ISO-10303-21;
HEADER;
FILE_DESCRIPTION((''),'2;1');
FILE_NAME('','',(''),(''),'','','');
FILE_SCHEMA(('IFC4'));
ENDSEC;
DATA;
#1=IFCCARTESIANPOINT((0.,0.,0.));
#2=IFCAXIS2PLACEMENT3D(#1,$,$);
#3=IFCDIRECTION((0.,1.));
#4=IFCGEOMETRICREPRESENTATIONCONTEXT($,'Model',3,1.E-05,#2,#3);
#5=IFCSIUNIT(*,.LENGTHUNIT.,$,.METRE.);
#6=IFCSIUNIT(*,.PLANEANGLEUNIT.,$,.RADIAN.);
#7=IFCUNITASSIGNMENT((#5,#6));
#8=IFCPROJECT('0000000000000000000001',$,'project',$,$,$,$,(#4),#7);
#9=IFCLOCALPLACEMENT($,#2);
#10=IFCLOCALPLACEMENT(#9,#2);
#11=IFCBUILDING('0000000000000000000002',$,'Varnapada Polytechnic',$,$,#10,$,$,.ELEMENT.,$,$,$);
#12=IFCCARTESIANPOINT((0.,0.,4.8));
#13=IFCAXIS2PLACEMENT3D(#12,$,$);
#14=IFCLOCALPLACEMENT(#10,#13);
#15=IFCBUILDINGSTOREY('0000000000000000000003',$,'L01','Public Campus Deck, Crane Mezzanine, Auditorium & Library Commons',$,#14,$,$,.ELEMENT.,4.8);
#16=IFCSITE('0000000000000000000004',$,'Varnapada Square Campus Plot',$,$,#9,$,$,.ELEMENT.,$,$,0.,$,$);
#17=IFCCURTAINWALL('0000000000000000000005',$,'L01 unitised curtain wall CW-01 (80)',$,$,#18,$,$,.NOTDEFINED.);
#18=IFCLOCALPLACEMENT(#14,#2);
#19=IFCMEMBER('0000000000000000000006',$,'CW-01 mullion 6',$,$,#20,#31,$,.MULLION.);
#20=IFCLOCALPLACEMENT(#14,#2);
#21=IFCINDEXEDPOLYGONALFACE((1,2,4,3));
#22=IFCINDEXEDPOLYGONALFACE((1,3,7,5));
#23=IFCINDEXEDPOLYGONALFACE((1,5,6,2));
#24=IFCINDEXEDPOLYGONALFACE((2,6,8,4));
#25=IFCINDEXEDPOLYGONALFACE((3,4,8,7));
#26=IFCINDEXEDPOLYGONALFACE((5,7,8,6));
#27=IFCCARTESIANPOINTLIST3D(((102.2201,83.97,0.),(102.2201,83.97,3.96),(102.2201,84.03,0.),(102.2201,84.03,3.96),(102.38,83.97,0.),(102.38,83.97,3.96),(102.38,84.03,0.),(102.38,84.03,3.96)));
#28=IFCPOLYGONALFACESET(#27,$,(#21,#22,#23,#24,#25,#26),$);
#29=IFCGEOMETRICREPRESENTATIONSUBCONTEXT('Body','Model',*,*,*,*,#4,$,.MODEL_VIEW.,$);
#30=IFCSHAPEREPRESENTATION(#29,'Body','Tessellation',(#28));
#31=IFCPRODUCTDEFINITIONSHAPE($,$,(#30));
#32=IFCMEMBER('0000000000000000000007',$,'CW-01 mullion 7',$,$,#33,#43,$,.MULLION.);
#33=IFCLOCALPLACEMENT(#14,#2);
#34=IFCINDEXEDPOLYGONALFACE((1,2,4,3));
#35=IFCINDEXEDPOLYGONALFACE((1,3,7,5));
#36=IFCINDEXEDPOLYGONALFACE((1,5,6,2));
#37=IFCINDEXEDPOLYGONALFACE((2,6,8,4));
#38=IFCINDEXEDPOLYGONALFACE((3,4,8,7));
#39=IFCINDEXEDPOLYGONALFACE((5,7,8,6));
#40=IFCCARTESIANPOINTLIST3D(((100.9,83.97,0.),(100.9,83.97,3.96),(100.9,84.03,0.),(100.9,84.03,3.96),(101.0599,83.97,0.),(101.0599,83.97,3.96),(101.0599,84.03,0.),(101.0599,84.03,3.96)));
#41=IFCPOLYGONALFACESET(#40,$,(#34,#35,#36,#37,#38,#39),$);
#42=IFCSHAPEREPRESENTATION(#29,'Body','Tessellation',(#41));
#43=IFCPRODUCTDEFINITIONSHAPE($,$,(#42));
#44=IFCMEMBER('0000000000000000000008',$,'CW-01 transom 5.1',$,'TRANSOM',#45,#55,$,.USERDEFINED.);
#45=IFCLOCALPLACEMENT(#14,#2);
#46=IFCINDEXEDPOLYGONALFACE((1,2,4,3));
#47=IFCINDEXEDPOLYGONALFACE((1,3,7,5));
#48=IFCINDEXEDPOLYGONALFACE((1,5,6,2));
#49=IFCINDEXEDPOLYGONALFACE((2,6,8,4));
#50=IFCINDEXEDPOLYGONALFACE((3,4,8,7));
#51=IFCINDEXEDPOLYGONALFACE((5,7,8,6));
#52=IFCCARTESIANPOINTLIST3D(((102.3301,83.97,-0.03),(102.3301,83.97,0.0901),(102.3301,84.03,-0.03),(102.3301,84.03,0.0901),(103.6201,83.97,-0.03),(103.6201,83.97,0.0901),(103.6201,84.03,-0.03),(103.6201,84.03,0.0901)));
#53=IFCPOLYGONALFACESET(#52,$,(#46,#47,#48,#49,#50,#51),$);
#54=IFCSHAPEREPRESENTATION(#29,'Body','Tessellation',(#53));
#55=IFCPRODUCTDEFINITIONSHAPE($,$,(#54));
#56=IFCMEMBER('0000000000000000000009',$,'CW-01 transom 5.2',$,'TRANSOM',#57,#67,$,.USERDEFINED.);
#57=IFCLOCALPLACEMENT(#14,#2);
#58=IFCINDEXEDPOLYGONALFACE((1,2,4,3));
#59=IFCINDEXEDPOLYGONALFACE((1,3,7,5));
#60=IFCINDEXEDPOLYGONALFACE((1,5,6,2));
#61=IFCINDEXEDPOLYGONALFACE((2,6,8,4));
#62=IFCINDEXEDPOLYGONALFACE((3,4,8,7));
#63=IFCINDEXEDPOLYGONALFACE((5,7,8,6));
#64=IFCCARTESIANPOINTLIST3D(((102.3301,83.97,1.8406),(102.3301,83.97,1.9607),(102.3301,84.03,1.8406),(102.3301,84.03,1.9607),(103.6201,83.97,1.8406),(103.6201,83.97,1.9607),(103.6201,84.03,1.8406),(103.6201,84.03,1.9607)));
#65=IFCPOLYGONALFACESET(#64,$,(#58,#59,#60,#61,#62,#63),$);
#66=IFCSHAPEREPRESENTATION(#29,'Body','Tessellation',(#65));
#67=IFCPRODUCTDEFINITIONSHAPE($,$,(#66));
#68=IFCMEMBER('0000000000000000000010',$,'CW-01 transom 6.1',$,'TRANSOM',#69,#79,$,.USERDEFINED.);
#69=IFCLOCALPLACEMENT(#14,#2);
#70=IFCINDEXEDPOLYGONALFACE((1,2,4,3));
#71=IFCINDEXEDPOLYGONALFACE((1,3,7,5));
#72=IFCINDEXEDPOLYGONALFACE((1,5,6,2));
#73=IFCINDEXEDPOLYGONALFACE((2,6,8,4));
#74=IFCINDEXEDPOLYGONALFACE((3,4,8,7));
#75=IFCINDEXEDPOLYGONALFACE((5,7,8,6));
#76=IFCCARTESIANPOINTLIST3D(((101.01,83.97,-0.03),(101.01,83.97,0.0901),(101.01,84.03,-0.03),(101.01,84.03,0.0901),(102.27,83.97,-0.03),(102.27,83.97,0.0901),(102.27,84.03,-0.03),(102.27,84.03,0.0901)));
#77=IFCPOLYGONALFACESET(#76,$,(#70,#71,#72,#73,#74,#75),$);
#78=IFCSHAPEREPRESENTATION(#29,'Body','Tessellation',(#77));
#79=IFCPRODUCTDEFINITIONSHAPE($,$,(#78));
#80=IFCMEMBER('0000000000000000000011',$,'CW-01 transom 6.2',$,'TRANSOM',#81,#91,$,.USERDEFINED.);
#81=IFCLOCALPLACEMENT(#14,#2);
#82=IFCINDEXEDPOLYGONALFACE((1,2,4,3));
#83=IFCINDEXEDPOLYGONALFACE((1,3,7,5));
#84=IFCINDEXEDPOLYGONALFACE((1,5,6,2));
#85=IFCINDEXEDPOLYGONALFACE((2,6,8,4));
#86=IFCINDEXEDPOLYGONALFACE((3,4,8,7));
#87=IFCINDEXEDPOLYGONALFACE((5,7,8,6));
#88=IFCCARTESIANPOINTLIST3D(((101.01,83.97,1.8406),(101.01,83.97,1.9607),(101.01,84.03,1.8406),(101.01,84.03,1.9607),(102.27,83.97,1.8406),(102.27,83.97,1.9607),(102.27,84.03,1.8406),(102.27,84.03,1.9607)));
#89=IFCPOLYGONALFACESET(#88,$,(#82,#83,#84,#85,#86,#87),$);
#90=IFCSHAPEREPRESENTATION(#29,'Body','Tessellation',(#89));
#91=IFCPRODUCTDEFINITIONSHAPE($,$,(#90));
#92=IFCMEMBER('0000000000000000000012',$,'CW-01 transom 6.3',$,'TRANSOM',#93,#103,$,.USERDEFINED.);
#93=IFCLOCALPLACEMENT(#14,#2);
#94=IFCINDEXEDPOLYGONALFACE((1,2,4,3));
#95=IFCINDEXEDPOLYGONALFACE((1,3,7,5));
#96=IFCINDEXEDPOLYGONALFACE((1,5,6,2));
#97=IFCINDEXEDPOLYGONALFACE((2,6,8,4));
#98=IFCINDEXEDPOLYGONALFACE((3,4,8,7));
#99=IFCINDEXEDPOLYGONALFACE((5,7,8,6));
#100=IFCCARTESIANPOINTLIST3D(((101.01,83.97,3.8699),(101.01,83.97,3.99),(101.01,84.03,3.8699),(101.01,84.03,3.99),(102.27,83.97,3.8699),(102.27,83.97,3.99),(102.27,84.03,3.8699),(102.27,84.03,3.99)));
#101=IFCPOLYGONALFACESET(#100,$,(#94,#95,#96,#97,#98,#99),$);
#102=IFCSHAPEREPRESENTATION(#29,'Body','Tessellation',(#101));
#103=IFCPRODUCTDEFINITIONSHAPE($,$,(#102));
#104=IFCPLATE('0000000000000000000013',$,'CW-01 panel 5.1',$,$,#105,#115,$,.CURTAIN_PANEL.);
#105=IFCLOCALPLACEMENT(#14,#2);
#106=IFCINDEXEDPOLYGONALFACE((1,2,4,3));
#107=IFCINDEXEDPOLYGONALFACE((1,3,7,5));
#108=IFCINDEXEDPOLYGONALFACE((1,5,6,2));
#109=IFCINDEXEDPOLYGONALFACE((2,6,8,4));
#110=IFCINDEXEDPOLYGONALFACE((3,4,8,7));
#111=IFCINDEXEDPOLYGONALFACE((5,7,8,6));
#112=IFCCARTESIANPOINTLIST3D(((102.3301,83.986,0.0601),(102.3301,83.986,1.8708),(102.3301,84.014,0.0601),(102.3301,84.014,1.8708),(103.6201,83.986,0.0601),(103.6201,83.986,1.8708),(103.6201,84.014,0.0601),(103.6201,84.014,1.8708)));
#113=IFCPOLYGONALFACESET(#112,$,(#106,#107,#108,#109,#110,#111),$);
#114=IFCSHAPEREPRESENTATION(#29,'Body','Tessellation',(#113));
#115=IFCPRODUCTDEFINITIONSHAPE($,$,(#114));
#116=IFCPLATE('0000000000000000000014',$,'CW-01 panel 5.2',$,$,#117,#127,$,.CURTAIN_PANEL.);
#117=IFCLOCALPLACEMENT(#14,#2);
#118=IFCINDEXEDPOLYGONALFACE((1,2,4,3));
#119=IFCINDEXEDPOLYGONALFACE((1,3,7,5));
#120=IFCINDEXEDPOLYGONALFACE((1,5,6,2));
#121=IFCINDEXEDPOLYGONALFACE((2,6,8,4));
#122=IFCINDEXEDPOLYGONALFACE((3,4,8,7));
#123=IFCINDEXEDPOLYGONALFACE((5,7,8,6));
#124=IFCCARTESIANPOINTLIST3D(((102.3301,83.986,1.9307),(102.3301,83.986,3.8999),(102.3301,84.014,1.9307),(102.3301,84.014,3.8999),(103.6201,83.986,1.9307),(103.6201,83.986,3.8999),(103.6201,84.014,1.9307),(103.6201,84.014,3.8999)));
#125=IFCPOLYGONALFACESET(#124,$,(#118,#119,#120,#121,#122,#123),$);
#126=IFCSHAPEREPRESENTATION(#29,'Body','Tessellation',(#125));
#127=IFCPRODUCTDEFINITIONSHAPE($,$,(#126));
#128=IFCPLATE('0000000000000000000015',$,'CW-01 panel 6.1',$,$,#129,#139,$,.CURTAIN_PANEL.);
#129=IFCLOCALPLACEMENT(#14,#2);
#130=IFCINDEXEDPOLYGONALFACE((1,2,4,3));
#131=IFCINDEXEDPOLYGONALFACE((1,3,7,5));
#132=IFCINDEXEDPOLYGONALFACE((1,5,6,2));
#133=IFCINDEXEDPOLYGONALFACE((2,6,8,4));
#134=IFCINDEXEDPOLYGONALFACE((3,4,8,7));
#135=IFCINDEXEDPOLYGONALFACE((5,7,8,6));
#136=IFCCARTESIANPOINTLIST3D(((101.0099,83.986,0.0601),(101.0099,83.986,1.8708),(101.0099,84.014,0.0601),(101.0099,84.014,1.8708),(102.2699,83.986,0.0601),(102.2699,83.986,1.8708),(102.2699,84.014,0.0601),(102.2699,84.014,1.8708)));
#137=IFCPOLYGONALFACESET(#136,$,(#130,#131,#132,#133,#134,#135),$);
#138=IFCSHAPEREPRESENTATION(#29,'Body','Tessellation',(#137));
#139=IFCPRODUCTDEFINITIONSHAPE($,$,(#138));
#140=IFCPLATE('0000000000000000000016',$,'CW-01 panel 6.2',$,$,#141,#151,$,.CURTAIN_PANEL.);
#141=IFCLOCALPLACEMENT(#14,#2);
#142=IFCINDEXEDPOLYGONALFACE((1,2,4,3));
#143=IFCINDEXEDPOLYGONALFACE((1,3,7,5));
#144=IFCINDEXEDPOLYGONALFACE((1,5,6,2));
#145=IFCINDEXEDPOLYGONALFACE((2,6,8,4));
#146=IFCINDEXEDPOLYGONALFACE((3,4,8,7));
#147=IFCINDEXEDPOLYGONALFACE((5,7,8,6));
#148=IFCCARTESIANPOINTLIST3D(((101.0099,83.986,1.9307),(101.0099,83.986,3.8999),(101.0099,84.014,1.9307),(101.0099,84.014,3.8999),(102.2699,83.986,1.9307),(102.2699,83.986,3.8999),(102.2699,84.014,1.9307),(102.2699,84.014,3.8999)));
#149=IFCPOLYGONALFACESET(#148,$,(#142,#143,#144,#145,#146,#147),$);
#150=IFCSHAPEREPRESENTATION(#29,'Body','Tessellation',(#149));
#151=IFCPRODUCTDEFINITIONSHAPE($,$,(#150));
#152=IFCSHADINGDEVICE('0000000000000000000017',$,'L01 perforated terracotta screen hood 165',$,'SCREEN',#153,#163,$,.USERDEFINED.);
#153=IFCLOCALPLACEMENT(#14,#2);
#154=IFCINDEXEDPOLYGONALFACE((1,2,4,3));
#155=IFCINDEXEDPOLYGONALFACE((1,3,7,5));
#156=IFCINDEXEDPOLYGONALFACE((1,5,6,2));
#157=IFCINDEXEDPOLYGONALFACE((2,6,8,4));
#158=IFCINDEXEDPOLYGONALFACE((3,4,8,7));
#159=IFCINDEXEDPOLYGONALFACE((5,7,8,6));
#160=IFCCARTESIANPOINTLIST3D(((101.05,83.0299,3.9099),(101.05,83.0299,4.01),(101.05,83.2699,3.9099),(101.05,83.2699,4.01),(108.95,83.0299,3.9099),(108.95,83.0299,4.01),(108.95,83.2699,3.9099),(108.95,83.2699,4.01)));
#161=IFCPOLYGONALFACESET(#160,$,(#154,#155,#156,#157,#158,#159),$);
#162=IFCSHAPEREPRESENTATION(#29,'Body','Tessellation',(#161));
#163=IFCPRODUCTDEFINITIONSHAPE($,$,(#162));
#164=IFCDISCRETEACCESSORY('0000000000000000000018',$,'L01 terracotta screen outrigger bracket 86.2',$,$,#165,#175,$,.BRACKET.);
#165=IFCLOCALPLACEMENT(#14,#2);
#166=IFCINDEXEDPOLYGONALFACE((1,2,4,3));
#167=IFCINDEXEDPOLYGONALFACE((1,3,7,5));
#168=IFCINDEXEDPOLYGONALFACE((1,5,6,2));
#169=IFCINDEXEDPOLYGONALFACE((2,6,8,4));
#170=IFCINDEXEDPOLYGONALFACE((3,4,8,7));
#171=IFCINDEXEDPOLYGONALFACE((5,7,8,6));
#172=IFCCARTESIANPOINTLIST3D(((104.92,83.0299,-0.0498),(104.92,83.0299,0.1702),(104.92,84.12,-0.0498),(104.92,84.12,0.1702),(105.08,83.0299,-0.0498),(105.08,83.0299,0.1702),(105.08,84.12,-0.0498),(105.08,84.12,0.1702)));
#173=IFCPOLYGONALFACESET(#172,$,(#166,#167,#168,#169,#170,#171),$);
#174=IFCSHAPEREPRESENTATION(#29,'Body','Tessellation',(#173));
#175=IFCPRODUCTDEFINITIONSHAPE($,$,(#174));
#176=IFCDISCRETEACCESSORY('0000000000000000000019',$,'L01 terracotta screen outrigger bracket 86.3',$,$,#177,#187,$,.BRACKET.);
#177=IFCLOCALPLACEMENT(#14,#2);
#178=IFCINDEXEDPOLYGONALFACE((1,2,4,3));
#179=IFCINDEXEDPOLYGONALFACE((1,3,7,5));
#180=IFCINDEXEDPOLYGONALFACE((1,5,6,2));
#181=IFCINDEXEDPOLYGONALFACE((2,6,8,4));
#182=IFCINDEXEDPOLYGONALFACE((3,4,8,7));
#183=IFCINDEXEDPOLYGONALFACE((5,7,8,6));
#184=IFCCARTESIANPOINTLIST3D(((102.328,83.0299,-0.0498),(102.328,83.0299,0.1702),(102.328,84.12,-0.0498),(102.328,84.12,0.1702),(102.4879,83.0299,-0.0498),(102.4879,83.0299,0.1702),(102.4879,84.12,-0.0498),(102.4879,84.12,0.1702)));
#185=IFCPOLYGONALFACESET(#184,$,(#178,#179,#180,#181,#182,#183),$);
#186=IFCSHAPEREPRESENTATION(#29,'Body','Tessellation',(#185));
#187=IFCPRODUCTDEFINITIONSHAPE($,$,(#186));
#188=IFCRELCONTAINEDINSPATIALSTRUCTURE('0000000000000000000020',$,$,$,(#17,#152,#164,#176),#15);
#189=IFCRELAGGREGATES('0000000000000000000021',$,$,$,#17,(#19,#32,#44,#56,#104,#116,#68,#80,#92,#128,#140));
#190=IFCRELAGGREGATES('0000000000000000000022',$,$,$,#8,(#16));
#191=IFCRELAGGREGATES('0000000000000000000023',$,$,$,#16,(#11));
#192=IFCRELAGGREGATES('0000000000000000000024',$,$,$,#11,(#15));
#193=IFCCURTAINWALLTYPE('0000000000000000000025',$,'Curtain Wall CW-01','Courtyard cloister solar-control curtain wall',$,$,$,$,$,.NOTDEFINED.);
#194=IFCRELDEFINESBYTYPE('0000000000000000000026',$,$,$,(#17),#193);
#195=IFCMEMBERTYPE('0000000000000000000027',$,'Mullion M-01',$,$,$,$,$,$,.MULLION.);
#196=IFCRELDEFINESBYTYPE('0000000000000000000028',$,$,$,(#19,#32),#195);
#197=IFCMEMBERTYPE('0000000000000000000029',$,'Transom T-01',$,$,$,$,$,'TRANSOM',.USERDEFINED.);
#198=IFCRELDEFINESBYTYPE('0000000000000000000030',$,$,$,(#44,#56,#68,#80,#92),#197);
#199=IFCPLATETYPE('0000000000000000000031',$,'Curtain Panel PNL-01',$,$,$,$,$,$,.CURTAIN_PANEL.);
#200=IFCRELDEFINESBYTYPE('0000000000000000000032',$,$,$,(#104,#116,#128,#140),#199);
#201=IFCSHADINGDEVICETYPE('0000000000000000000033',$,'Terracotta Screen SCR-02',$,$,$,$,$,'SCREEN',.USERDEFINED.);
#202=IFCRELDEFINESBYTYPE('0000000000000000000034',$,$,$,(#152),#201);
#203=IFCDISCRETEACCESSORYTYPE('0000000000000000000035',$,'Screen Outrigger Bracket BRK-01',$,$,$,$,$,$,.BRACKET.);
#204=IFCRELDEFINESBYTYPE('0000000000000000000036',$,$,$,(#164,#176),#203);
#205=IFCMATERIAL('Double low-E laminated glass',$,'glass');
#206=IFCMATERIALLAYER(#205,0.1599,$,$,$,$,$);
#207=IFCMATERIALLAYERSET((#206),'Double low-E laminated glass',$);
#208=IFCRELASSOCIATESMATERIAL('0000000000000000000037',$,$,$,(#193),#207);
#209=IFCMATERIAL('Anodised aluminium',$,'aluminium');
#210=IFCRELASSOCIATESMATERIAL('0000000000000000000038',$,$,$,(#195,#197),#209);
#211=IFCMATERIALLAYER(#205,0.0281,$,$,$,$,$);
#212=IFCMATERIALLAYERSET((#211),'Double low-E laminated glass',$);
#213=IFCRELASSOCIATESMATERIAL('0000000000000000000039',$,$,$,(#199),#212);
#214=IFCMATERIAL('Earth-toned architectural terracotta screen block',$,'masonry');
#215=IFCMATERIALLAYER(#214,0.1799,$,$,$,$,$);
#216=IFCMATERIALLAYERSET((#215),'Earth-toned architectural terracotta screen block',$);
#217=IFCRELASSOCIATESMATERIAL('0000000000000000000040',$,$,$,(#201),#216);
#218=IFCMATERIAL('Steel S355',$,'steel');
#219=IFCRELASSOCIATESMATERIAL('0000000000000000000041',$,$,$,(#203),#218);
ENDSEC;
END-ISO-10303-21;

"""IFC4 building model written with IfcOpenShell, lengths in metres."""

from ifc_helpers import new_model, si_unit, direction, frame, origin, origin_2d, place, context, subcontext, project, spatial, rectangle, extrude, material, layer, layer_set, material_profile, profile_set, type_object, element, aggregate, save


model = new_model("IFC4")

# Units and contexts
model_context = context("Model", 3, precision=1e-05, world=origin(), true_north=direction((0.0, 1.0)))
body_context = subcontext(model_context, "Body", "Model", "MODEL_VIEW")
ifc_project = project(units=[si_unit("LENGTHUNIT", "METRE"), si_unit("PLANEANGLEUNIT", "RADIAN")], contexts=[model_context])

# Site, building, storey
site_placement = place(None, origin())
site = spatial("IfcSite", under=ifc_project, at=site_placement, Name="Varnapada Square Campus Plot", CompositionType="ELEMENT", RefElevation=0.0)
building_placement = place(site_placement, origin())
building = spatial("IfcBuilding", under=site, at=building_placement, Name="Varnapada Polytechnic", CompositionType="ELEMENT")
storey_placement = place(building_placement, frame((0.0, 0.0, 4.8)))
storey = spatial("IfcBuildingStorey", under=building, at=storey_placement, Name="L01", Description="Public Campus Deck, Crane Mezzanine, Auditorium & Library Commons", CompositionType="ELEMENT", Elevation=4.8)

# Curtain wall, members, plates
ifc_material_1 = material(Name="Double low-E laminated glass", Category="glass")
ifc_layer_1 = layer(ifc_material_1, 0.1599)
ifc_layer_set_1 = layer_set([ifc_layer_1], Name="Double low-E laminated glass")
curtain_wall_type = type_object("IfcCurtainWallType", Name="Curtain Wall CW-01", Description="Courtyard cloister solar-control curtain wall", PredefinedType="NOTDEFINED", material=ifc_layer_set_1)
curtain_wall_placement = place(storey_placement, origin())
curtain_wall = element("IfcCurtainWall", 1, at=curtain_wall_placement, inside=storey, type_object=curtain_wall_type, Name="L01 unitised curtain wall CW-01 (80)", PredefinedType="NOTDEFINED")
ifc_material_2 = material(Name="Anodised aluminium", Category="aluminium")
ifc_material_profile_1 = material_profile(ifc_material_2, rectangle(XDim=0.0601, YDim=0.1599, at=origin_2d()), Name="ALU M60x160")
ifc_profile_set_1 = profile_set([ifc_material_profile_1], Name="Anodised aluminium")
member_type_1 = type_object("IfcMemberType", Name="Mullion M-01", PredefinedType="MULLION", material=ifc_profile_set_1)
member_1_placement = place(storey_placement, frame((102.3, 84.0, 0.0), z_axis=(0.0, 0.0, 1.0), x_axis=(0.0, -1.0, 0.0)))
member_1 = element("IfcMember", 2, at=member_1_placement, type_object=member_type_1, Name="CW-01 mullion 6", PredefinedType="MULLION", context=body_context, shape_type="SweptSolid", body=[
    extrude(rectangle(XDim=0.0601, YDim=0.1599, at=origin_2d()), origin(), (0.0, 0.0, 1.0), 3.96),
])
member_2_placement = place(storey_placement, frame((100.98, 84.0, 0.0), z_axis=(0.0, 0.0, 1.0), x_axis=(0.0, -1.0, 0.0)))
member_2 = element("IfcMember", 3, at=member_2_placement, type_object=member_type_1, Name="CW-01 mullion 7", PredefinedType="MULLION", context=body_context, shape_type="SweptSolid", body=[
    extrude(rectangle(XDim=0.0601, YDim=0.1599, at=origin_2d()), origin(), (0.0, 0.0, 1.0), 3.96),
])
ifc_material_profile_2 = material_profile(ifc_material_2, rectangle(XDim=0.0601, YDim=0.1201, at=origin_2d()), Name="ALU T60x120")
ifc_profile_set_2 = profile_set([ifc_material_profile_2], Name="Anodised aluminium")
member_type_2 = type_object("IfcMemberType", Name="Transom T-01", ElementType="TRANSOM", PredefinedType="USERDEFINED", material=ifc_profile_set_2)
member_3_placement = place(storey_placement, frame((103.6201, 84.0, 0.03), z_axis=(-1.0, 0.0, 0.0), x_axis=(0.0, -1.0, 0.0)))
member_3 = element("IfcMember", 4, at=member_3_placement, type_object=member_type_2, Name="CW-01 transom 5.1", ObjectType="TRANSOM", PredefinedType="USERDEFINED", context=body_context, shape_type="SweptSolid", body=[
    extrude(rectangle(XDim=0.0601, YDim=0.1201, at=origin_2d()), origin(), (0.0, 0.0, 1.0), 1.29),
])
member_4_placement = place(storey_placement, frame((103.6201, 84.0, 1.9006), z_axis=(-1.0, 0.0, 0.0), x_axis=(0.0, -1.0, 0.0)))
member_4 = element("IfcMember", 5, at=member_4_placement, type_object=member_type_2, Name="CW-01 transom 5.2", ObjectType="TRANSOM", PredefinedType="USERDEFINED", context=body_context, shape_type="SweptSolid", body=[
    extrude(rectangle(XDim=0.0601, YDim=0.1201, at=origin_2d()), origin(), (0.0, 0.0, 1.0), 1.29),
])
member_5_placement = place(storey_placement, frame((102.27, 84.0, 0.03), z_axis=(-1.0, 0.0, 0.0), x_axis=(0.0, -1.0, 0.0)))
member_5 = element("IfcMember", 6, at=member_5_placement, type_object=member_type_2, Name="CW-01 transom 6.1", ObjectType="TRANSOM", PredefinedType="USERDEFINED", context=body_context, shape_type="SweptSolid", body=[
    extrude(rectangle(XDim=0.0601, YDim=0.1201, at=origin_2d()), origin(), (0.0, 0.0, 1.0), 1.26),
])
member_6_placement = place(storey_placement, frame((102.27, 84.0, 1.9006), z_axis=(-1.0, 0.0, 0.0), x_axis=(0.0, -1.0, 0.0)))
member_6 = element("IfcMember", 7, at=member_6_placement, type_object=member_type_2, Name="CW-01 transom 6.2", ObjectType="TRANSOM", PredefinedType="USERDEFINED", context=body_context, shape_type="SweptSolid", body=[
    extrude(rectangle(XDim=0.0601, YDim=0.1201, at=origin_2d()), origin(), (0.0, 0.0, 1.0), 1.26),
])
member_7_placement = place(storey_placement, frame((102.27, 84.0, 3.9299), z_axis=(-1.0, 0.0, 0.0), x_axis=(0.0, -1.0, 0.0)))
member_7 = element("IfcMember", 8, at=member_7_placement, type_object=member_type_2, Name="CW-01 transom 6.3", ObjectType="TRANSOM", PredefinedType="USERDEFINED", context=body_context, shape_type="SweptSolid", body=[
    extrude(rectangle(XDim=0.0601, YDim=0.1201, at=origin_2d()), origin(), (0.0, 0.0, 1.0), 1.26),
])
ifc_layer_2 = layer(ifc_material_1, 0.0281)
ifc_layer_set_2 = layer_set([ifc_layer_2], Name="Double low-E laminated glass")
plate_type = type_object("IfcPlateType", Name="Curtain Panel PNL-01", PredefinedType="CURTAIN_PANEL", material=ifc_layer_set_2)
plate_1_placement = place(storey_placement, frame((102.9751, 84.0, 0.0601), z_axis=(0.0, 0.0, 1.0), x_axis=(-1.0, 0.0, 0.0)))
plate_1 = element("IfcPlate", 9, at=plate_1_placement, type_object=plate_type, Name="CW-01 panel 5.1", PredefinedType="CURTAIN_PANEL", context=body_context, shape_type="SweptSolid", body=[
    extrude(rectangle(XDim=1.29, YDim=0.0281, at=origin_2d()), origin(), (0.0, 0.0, 1.0), 1.8108),
])
plate_2_placement = place(storey_placement, frame((102.9751, 84.0, 1.9307), z_axis=(0.0, 0.0, 1.0), x_axis=(-1.0, 0.0, 0.0)))
plate_2 = element("IfcPlate", 10, at=plate_2_placement, type_object=plate_type, Name="CW-01 panel 5.2", PredefinedType="CURTAIN_PANEL", context=body_context, shape_type="SweptSolid", body=[
    extrude(rectangle(XDim=1.29, YDim=0.0281, at=origin_2d()), origin(), (0.0, 0.0, 1.0), 1.9692),
])
plate_3_placement = place(storey_placement, frame((101.6399, 84.0, 0.0601), z_axis=(0.0, 0.0, 1.0), x_axis=(-1.0, 0.0, 0.0)))
plate_3 = element("IfcPlate", 11, at=plate_3_placement, type_object=plate_type, Name="CW-01 panel 6.1", PredefinedType="CURTAIN_PANEL", context=body_context, shape_type="SweptSolid", body=[
    extrude(rectangle(XDim=1.26, YDim=0.0281, at=origin_2d()), origin(), (0.0, 0.0, 1.0), 1.8108),
])
plate_4_placement = place(storey_placement, frame((101.6399, 84.0, 1.9307), z_axis=(0.0, 0.0, 1.0), x_axis=(-1.0, 0.0, 0.0)))
plate_4 = element("IfcPlate", 12, at=plate_4_placement, type_object=plate_type, Name="CW-01 panel 6.2", PredefinedType="CURTAIN_PANEL", context=body_context, shape_type="SweptSolid", body=[
    extrude(rectangle(XDim=1.26, YDim=0.0281, at=origin_2d()), origin(), (0.0, 0.0, 1.0), 1.9692),
])
aggregate(curtain_wall, [member_1, member_2, member_3, member_4, plate_1, plate_2, member_5, member_6, member_7, plate_3, plate_4])

# Shading device
ifc_material_3 = material(Name="Earth-toned architectural terracotta screen block", Category="masonry")
ifc_layer_3 = layer(ifc_material_3, 0.1799)
ifc_layer_set_3 = layer_set([ifc_layer_3], Name="Earth-toned architectural terracotta screen block")
shading_device_type = type_object("IfcShadingDeviceType", Name="Terracotta Screen SCR-02", ElementType="SCREEN", PredefinedType="USERDEFINED", material=ifc_layer_set_3)
shading_device_placement = place(storey_placement, frame((105.0, 83.1499, 3.9099), z_axis=(0.0, 0.0, 1.0), x_axis=(-1.0, 0.0, 0.0)))
element("IfcShadingDevice", 13, at=shading_device_placement, inside=storey, type_object=shading_device_type, Name="L01 perforated terracotta screen hood 165", ObjectType="SCREEN", PredefinedType="USERDEFINED", context=body_context, shape_type="SweptSolid", body=[
    extrude(rectangle(XDim=7.8999, YDim=0.24, at=origin_2d()), origin(), (0.0, 0.0, 1.0), 0.1001),
])

# Discrete accessories
ifc_material_4 = material(Name="Steel S355", Category="steel")
discrete_accessory_type = type_object("IfcDiscreteAccessoryType", Name="Screen Outrigger Bracket BRK-01", PredefinedType="BRACKET", material=ifc_material_4)
for number, where, z_axis, x_axis, name in (
    (14, (105.0, 83.575, -0.0498), (0.0, 0.0, 1.0), (-1.0, 0.0, 0.0), "L01 terracotta screen outrigger bracket 86.2"),
    (15, (102.408, 83.575, -0.0498), (0.0, 0.0, 1.0), (-1.0, 0.0, 0.0), "L01 terracotta screen outrigger bracket 86.3"),
):
    element("IfcDiscreteAccessory", number, at=place(storey_placement, frame(where, z_axis=z_axis, x_axis=x_axis)), inside=storey, type_object=discrete_accessory_type, Name=name, PredefinedType="BRACKET", context=body_context, shape_type="SweptSolid", body=[
        extrude(rectangle(XDim=0.1599, YDim=1.0901, at=origin_2d()), origin(), (0.0, 0.0, 1.0), 0.22),
    ])

save(model, "model.ifc")
